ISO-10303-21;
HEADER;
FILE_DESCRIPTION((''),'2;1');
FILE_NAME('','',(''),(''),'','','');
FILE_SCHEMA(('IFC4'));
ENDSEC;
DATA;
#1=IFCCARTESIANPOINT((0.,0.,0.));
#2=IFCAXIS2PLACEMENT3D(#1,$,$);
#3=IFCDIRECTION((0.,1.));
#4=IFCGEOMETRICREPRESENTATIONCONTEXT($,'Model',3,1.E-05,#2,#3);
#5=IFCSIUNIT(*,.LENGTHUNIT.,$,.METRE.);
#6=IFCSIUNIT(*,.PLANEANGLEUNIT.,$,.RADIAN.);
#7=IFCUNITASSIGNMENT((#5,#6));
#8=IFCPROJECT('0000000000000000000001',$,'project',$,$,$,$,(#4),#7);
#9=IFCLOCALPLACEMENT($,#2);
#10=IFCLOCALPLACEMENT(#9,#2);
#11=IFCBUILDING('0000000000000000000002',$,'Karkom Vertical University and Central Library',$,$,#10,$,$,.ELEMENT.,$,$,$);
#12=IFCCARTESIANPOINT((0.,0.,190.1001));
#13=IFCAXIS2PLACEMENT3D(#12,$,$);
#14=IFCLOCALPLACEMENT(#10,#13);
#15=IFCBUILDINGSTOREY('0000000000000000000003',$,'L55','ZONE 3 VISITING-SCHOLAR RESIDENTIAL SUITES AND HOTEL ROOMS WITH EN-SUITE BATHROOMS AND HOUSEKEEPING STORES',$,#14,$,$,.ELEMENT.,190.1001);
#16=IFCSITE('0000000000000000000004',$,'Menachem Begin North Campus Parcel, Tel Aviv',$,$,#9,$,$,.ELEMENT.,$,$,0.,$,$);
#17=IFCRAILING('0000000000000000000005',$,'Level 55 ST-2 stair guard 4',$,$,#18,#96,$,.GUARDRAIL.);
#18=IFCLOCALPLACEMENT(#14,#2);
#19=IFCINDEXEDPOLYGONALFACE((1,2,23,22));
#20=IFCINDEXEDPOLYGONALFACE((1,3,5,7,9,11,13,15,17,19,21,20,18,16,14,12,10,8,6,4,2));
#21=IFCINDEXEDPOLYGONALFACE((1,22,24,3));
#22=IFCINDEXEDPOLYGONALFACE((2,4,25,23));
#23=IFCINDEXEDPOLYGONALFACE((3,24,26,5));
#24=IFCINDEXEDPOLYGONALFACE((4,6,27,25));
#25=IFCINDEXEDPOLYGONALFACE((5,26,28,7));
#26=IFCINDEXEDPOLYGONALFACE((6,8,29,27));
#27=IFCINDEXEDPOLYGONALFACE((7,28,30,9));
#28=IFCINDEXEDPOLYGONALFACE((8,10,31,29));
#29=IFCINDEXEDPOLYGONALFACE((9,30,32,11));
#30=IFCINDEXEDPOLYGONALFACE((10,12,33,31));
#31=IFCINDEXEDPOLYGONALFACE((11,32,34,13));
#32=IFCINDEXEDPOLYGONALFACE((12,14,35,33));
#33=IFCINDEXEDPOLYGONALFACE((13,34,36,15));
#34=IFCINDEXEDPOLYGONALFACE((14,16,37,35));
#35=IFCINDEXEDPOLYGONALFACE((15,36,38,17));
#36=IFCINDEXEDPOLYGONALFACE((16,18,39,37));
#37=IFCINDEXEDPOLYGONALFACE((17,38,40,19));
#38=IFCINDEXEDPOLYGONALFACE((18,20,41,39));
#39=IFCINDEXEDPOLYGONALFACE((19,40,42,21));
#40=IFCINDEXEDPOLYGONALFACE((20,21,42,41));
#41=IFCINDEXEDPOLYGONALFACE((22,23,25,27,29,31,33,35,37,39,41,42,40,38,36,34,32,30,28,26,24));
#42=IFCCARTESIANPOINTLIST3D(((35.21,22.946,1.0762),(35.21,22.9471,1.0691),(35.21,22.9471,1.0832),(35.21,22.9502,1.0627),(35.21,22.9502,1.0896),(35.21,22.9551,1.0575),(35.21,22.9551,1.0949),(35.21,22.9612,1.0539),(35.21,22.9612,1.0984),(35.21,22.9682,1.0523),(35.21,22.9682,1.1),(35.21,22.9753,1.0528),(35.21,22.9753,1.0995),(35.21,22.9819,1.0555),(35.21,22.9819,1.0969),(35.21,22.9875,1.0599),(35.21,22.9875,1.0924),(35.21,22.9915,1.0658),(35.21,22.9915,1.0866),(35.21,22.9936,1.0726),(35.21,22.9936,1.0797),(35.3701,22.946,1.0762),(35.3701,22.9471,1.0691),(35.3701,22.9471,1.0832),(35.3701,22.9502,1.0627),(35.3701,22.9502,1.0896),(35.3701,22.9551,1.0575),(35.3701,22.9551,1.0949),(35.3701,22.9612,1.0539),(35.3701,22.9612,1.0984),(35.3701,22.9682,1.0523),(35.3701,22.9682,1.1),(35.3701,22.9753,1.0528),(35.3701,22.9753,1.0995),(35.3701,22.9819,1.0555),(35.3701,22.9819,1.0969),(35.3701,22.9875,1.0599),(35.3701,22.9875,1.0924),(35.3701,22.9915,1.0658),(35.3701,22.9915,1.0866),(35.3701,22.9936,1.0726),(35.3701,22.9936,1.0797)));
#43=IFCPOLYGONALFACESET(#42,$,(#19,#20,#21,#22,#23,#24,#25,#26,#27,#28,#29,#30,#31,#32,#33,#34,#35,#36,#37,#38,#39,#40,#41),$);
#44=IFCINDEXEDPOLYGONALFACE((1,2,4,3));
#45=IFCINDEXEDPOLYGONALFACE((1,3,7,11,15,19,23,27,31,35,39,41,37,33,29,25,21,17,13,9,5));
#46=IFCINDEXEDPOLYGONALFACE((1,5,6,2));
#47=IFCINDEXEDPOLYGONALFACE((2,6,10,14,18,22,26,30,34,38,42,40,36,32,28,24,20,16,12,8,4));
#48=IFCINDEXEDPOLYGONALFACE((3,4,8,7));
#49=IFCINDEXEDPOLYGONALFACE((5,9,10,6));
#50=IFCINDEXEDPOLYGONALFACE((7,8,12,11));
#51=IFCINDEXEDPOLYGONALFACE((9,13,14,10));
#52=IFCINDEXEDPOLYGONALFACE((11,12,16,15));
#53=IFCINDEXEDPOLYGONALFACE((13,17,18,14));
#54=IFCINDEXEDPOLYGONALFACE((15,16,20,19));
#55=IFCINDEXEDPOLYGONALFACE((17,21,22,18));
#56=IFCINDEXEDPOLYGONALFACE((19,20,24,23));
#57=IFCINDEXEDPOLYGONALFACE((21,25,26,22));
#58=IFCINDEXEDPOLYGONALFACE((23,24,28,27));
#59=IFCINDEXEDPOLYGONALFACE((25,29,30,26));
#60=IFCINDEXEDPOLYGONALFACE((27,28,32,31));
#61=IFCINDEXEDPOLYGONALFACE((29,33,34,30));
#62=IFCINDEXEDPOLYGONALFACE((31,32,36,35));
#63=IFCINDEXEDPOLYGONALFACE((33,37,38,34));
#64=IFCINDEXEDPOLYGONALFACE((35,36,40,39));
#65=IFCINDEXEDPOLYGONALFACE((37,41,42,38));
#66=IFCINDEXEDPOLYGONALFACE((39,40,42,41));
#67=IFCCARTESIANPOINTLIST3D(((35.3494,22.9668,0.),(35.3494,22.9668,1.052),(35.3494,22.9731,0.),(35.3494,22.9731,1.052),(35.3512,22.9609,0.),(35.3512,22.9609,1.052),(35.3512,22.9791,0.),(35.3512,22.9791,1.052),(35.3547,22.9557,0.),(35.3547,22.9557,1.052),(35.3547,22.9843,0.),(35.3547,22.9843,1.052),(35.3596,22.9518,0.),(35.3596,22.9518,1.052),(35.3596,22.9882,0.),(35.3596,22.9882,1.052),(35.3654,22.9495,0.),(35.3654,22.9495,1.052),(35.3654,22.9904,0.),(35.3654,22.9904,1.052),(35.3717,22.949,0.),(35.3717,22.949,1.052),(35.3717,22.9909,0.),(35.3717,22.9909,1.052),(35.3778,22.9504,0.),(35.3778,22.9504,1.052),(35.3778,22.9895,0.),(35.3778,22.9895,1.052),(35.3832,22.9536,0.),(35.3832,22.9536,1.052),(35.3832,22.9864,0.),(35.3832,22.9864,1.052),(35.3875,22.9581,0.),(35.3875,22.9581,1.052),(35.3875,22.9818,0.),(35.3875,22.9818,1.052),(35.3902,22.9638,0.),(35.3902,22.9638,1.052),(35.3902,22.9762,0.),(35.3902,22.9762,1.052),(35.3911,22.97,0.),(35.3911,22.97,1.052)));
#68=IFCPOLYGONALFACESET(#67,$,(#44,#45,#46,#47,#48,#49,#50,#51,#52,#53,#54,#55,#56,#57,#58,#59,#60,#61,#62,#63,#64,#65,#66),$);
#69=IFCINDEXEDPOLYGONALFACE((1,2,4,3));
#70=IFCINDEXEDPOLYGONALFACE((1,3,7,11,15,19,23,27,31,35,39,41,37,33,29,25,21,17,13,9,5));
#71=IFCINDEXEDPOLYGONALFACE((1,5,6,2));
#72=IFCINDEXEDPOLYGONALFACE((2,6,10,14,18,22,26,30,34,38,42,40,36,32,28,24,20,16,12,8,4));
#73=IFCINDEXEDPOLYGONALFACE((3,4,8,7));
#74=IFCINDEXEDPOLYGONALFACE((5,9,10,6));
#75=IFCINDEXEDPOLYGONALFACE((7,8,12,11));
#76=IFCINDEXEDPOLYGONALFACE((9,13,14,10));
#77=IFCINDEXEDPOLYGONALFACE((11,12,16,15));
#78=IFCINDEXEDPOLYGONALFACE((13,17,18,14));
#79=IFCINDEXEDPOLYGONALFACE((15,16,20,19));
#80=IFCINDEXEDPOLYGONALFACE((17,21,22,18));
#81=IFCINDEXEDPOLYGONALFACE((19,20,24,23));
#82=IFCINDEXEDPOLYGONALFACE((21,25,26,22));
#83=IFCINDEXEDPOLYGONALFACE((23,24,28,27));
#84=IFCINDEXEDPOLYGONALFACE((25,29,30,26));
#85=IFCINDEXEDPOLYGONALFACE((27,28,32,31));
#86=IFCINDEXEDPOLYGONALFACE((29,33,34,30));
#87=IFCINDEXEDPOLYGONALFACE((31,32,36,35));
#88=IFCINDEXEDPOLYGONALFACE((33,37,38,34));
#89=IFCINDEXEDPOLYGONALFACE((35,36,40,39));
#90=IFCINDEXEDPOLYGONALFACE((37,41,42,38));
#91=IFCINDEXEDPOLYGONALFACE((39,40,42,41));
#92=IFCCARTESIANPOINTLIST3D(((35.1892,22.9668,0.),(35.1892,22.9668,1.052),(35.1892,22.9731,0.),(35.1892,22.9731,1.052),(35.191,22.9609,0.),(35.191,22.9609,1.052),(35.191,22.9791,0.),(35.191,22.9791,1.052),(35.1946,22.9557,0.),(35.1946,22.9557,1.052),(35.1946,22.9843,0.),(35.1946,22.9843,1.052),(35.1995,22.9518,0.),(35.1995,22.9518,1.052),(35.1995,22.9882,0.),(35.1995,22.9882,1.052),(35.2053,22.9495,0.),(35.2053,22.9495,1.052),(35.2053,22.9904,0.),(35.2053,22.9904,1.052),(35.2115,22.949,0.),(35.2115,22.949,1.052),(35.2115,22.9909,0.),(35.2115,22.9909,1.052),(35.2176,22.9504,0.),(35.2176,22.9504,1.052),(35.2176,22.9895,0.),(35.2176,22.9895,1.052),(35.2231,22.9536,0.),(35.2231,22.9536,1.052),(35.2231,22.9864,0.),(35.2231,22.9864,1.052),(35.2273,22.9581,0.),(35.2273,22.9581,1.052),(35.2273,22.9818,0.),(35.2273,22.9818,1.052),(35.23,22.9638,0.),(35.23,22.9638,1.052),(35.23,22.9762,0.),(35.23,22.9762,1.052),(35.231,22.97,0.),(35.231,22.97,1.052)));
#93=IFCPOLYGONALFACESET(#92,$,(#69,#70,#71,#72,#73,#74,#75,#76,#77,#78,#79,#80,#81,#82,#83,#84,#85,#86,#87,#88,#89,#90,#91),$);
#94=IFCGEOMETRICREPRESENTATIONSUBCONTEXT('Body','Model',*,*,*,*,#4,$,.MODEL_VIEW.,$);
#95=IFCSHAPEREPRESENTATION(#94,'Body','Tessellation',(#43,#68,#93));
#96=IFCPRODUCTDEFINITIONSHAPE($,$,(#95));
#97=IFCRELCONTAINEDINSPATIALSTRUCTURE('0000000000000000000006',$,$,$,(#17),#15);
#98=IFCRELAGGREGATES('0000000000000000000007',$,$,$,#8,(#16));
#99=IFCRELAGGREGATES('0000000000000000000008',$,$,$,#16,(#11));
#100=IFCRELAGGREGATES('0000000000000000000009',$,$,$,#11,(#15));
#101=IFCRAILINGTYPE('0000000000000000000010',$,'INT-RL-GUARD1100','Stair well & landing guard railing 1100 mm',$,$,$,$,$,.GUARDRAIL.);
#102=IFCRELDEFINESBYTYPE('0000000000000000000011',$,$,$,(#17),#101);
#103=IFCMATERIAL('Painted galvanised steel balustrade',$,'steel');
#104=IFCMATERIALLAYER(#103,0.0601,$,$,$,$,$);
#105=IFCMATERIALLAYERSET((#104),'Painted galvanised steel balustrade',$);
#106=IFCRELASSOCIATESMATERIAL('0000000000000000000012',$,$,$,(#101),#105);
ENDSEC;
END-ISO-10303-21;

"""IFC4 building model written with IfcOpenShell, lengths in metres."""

from ifc_helpers import new_model, si_unit, direction, frame, origin, origin_2d, place, context, subcontext, project, spatial, circle, extrude, material, layer, layer_set, type_object, element, save


model = new_model("IFC4")

# Units and contexts
model_context = context("Model", 3, precision=1e-05, world=origin(), true_north=direction((0.0, 1.0)))
body_context = subcontext(model_context, "Body", "Model", "MODEL_VIEW")
ifc_project = project(units=[si_unit("LENGTHUNIT", "METRE"), si_unit("PLANEANGLEUNIT", "RADIAN")], contexts=[model_context])

# Site, building, storey
site_placement = place(None, origin())
site = spatial("IfcSite", under=ifc_project, at=site_placement, Name="Menachem Begin North Campus Parcel, Tel Aviv", CompositionType="ELEMENT", RefElevation=0.0)
building_placement = place(site_placement, origin())
building = spatial("IfcBuilding", under=site, at=building_placement, Name="Karkom Vertical University and Central Library", CompositionType="ELEMENT")
storey_placement = place(building_placement, frame((0.0, 0.0, 190.1001)))
storey = spatial("IfcBuildingStorey", under=building, at=storey_placement, Name="L55", Description="ZONE 3 VISITING-SCHOLAR RESIDENTIAL SUITES AND HOTEL ROOMS WITH EN-SUITE BATHROOMS AND HOUSEKEEPING STORES", CompositionType="ELEMENT", Elevation=190.1001)

# Railing
ifc_material_1 = material(Name="Painted galvanised steel balustrade", Category="steel")
ifc_layer_1 = layer(ifc_material_1, 0.0601)
ifc_layer_set_1 = layer_set([ifc_layer_1], Name="Painted galvanised steel balustrade")
railing_type_1 = type_object("IfcRailingType", Name="INT-RL-GUARD1100", Description="Stair well & landing guard railing 1100 mm", PredefinedType="GUARDRAIL", material=ifc_layer_set_1)
railing_1_placement = place(storey_placement, frame((35.3701, 22.97, 0.0)))
element("IfcRailing", 1, at=railing_1_placement, inside=storey, type_object=railing_type_1, Name="Level 55 ST-2 stair guard 4", PredefinedType="GUARDRAIL", context=body_context, shape_type="SweptSolid", body=[
    extrude(circle(Radius=0.0239, at=origin_2d()), frame((0.0, 0.0, 1.0762), z_axis=(-1.0, 0.0, 0.0), x_axis=(0.0, -1.0, 0.0)), (0.0, 0.0, 1.0), 0.1602),
    extrude(circle(Radius=0.021, at=origin_2d()), origin(), (0.0, 0.0, 1.0), 1.052),
    extrude(circle(Radius=0.021, at=origin_2d()), frame((-0.1602, 0.0, 0.0)), (0.0, 0.0, 1.0), 1.052),
])

save(model, "model.ifc")
